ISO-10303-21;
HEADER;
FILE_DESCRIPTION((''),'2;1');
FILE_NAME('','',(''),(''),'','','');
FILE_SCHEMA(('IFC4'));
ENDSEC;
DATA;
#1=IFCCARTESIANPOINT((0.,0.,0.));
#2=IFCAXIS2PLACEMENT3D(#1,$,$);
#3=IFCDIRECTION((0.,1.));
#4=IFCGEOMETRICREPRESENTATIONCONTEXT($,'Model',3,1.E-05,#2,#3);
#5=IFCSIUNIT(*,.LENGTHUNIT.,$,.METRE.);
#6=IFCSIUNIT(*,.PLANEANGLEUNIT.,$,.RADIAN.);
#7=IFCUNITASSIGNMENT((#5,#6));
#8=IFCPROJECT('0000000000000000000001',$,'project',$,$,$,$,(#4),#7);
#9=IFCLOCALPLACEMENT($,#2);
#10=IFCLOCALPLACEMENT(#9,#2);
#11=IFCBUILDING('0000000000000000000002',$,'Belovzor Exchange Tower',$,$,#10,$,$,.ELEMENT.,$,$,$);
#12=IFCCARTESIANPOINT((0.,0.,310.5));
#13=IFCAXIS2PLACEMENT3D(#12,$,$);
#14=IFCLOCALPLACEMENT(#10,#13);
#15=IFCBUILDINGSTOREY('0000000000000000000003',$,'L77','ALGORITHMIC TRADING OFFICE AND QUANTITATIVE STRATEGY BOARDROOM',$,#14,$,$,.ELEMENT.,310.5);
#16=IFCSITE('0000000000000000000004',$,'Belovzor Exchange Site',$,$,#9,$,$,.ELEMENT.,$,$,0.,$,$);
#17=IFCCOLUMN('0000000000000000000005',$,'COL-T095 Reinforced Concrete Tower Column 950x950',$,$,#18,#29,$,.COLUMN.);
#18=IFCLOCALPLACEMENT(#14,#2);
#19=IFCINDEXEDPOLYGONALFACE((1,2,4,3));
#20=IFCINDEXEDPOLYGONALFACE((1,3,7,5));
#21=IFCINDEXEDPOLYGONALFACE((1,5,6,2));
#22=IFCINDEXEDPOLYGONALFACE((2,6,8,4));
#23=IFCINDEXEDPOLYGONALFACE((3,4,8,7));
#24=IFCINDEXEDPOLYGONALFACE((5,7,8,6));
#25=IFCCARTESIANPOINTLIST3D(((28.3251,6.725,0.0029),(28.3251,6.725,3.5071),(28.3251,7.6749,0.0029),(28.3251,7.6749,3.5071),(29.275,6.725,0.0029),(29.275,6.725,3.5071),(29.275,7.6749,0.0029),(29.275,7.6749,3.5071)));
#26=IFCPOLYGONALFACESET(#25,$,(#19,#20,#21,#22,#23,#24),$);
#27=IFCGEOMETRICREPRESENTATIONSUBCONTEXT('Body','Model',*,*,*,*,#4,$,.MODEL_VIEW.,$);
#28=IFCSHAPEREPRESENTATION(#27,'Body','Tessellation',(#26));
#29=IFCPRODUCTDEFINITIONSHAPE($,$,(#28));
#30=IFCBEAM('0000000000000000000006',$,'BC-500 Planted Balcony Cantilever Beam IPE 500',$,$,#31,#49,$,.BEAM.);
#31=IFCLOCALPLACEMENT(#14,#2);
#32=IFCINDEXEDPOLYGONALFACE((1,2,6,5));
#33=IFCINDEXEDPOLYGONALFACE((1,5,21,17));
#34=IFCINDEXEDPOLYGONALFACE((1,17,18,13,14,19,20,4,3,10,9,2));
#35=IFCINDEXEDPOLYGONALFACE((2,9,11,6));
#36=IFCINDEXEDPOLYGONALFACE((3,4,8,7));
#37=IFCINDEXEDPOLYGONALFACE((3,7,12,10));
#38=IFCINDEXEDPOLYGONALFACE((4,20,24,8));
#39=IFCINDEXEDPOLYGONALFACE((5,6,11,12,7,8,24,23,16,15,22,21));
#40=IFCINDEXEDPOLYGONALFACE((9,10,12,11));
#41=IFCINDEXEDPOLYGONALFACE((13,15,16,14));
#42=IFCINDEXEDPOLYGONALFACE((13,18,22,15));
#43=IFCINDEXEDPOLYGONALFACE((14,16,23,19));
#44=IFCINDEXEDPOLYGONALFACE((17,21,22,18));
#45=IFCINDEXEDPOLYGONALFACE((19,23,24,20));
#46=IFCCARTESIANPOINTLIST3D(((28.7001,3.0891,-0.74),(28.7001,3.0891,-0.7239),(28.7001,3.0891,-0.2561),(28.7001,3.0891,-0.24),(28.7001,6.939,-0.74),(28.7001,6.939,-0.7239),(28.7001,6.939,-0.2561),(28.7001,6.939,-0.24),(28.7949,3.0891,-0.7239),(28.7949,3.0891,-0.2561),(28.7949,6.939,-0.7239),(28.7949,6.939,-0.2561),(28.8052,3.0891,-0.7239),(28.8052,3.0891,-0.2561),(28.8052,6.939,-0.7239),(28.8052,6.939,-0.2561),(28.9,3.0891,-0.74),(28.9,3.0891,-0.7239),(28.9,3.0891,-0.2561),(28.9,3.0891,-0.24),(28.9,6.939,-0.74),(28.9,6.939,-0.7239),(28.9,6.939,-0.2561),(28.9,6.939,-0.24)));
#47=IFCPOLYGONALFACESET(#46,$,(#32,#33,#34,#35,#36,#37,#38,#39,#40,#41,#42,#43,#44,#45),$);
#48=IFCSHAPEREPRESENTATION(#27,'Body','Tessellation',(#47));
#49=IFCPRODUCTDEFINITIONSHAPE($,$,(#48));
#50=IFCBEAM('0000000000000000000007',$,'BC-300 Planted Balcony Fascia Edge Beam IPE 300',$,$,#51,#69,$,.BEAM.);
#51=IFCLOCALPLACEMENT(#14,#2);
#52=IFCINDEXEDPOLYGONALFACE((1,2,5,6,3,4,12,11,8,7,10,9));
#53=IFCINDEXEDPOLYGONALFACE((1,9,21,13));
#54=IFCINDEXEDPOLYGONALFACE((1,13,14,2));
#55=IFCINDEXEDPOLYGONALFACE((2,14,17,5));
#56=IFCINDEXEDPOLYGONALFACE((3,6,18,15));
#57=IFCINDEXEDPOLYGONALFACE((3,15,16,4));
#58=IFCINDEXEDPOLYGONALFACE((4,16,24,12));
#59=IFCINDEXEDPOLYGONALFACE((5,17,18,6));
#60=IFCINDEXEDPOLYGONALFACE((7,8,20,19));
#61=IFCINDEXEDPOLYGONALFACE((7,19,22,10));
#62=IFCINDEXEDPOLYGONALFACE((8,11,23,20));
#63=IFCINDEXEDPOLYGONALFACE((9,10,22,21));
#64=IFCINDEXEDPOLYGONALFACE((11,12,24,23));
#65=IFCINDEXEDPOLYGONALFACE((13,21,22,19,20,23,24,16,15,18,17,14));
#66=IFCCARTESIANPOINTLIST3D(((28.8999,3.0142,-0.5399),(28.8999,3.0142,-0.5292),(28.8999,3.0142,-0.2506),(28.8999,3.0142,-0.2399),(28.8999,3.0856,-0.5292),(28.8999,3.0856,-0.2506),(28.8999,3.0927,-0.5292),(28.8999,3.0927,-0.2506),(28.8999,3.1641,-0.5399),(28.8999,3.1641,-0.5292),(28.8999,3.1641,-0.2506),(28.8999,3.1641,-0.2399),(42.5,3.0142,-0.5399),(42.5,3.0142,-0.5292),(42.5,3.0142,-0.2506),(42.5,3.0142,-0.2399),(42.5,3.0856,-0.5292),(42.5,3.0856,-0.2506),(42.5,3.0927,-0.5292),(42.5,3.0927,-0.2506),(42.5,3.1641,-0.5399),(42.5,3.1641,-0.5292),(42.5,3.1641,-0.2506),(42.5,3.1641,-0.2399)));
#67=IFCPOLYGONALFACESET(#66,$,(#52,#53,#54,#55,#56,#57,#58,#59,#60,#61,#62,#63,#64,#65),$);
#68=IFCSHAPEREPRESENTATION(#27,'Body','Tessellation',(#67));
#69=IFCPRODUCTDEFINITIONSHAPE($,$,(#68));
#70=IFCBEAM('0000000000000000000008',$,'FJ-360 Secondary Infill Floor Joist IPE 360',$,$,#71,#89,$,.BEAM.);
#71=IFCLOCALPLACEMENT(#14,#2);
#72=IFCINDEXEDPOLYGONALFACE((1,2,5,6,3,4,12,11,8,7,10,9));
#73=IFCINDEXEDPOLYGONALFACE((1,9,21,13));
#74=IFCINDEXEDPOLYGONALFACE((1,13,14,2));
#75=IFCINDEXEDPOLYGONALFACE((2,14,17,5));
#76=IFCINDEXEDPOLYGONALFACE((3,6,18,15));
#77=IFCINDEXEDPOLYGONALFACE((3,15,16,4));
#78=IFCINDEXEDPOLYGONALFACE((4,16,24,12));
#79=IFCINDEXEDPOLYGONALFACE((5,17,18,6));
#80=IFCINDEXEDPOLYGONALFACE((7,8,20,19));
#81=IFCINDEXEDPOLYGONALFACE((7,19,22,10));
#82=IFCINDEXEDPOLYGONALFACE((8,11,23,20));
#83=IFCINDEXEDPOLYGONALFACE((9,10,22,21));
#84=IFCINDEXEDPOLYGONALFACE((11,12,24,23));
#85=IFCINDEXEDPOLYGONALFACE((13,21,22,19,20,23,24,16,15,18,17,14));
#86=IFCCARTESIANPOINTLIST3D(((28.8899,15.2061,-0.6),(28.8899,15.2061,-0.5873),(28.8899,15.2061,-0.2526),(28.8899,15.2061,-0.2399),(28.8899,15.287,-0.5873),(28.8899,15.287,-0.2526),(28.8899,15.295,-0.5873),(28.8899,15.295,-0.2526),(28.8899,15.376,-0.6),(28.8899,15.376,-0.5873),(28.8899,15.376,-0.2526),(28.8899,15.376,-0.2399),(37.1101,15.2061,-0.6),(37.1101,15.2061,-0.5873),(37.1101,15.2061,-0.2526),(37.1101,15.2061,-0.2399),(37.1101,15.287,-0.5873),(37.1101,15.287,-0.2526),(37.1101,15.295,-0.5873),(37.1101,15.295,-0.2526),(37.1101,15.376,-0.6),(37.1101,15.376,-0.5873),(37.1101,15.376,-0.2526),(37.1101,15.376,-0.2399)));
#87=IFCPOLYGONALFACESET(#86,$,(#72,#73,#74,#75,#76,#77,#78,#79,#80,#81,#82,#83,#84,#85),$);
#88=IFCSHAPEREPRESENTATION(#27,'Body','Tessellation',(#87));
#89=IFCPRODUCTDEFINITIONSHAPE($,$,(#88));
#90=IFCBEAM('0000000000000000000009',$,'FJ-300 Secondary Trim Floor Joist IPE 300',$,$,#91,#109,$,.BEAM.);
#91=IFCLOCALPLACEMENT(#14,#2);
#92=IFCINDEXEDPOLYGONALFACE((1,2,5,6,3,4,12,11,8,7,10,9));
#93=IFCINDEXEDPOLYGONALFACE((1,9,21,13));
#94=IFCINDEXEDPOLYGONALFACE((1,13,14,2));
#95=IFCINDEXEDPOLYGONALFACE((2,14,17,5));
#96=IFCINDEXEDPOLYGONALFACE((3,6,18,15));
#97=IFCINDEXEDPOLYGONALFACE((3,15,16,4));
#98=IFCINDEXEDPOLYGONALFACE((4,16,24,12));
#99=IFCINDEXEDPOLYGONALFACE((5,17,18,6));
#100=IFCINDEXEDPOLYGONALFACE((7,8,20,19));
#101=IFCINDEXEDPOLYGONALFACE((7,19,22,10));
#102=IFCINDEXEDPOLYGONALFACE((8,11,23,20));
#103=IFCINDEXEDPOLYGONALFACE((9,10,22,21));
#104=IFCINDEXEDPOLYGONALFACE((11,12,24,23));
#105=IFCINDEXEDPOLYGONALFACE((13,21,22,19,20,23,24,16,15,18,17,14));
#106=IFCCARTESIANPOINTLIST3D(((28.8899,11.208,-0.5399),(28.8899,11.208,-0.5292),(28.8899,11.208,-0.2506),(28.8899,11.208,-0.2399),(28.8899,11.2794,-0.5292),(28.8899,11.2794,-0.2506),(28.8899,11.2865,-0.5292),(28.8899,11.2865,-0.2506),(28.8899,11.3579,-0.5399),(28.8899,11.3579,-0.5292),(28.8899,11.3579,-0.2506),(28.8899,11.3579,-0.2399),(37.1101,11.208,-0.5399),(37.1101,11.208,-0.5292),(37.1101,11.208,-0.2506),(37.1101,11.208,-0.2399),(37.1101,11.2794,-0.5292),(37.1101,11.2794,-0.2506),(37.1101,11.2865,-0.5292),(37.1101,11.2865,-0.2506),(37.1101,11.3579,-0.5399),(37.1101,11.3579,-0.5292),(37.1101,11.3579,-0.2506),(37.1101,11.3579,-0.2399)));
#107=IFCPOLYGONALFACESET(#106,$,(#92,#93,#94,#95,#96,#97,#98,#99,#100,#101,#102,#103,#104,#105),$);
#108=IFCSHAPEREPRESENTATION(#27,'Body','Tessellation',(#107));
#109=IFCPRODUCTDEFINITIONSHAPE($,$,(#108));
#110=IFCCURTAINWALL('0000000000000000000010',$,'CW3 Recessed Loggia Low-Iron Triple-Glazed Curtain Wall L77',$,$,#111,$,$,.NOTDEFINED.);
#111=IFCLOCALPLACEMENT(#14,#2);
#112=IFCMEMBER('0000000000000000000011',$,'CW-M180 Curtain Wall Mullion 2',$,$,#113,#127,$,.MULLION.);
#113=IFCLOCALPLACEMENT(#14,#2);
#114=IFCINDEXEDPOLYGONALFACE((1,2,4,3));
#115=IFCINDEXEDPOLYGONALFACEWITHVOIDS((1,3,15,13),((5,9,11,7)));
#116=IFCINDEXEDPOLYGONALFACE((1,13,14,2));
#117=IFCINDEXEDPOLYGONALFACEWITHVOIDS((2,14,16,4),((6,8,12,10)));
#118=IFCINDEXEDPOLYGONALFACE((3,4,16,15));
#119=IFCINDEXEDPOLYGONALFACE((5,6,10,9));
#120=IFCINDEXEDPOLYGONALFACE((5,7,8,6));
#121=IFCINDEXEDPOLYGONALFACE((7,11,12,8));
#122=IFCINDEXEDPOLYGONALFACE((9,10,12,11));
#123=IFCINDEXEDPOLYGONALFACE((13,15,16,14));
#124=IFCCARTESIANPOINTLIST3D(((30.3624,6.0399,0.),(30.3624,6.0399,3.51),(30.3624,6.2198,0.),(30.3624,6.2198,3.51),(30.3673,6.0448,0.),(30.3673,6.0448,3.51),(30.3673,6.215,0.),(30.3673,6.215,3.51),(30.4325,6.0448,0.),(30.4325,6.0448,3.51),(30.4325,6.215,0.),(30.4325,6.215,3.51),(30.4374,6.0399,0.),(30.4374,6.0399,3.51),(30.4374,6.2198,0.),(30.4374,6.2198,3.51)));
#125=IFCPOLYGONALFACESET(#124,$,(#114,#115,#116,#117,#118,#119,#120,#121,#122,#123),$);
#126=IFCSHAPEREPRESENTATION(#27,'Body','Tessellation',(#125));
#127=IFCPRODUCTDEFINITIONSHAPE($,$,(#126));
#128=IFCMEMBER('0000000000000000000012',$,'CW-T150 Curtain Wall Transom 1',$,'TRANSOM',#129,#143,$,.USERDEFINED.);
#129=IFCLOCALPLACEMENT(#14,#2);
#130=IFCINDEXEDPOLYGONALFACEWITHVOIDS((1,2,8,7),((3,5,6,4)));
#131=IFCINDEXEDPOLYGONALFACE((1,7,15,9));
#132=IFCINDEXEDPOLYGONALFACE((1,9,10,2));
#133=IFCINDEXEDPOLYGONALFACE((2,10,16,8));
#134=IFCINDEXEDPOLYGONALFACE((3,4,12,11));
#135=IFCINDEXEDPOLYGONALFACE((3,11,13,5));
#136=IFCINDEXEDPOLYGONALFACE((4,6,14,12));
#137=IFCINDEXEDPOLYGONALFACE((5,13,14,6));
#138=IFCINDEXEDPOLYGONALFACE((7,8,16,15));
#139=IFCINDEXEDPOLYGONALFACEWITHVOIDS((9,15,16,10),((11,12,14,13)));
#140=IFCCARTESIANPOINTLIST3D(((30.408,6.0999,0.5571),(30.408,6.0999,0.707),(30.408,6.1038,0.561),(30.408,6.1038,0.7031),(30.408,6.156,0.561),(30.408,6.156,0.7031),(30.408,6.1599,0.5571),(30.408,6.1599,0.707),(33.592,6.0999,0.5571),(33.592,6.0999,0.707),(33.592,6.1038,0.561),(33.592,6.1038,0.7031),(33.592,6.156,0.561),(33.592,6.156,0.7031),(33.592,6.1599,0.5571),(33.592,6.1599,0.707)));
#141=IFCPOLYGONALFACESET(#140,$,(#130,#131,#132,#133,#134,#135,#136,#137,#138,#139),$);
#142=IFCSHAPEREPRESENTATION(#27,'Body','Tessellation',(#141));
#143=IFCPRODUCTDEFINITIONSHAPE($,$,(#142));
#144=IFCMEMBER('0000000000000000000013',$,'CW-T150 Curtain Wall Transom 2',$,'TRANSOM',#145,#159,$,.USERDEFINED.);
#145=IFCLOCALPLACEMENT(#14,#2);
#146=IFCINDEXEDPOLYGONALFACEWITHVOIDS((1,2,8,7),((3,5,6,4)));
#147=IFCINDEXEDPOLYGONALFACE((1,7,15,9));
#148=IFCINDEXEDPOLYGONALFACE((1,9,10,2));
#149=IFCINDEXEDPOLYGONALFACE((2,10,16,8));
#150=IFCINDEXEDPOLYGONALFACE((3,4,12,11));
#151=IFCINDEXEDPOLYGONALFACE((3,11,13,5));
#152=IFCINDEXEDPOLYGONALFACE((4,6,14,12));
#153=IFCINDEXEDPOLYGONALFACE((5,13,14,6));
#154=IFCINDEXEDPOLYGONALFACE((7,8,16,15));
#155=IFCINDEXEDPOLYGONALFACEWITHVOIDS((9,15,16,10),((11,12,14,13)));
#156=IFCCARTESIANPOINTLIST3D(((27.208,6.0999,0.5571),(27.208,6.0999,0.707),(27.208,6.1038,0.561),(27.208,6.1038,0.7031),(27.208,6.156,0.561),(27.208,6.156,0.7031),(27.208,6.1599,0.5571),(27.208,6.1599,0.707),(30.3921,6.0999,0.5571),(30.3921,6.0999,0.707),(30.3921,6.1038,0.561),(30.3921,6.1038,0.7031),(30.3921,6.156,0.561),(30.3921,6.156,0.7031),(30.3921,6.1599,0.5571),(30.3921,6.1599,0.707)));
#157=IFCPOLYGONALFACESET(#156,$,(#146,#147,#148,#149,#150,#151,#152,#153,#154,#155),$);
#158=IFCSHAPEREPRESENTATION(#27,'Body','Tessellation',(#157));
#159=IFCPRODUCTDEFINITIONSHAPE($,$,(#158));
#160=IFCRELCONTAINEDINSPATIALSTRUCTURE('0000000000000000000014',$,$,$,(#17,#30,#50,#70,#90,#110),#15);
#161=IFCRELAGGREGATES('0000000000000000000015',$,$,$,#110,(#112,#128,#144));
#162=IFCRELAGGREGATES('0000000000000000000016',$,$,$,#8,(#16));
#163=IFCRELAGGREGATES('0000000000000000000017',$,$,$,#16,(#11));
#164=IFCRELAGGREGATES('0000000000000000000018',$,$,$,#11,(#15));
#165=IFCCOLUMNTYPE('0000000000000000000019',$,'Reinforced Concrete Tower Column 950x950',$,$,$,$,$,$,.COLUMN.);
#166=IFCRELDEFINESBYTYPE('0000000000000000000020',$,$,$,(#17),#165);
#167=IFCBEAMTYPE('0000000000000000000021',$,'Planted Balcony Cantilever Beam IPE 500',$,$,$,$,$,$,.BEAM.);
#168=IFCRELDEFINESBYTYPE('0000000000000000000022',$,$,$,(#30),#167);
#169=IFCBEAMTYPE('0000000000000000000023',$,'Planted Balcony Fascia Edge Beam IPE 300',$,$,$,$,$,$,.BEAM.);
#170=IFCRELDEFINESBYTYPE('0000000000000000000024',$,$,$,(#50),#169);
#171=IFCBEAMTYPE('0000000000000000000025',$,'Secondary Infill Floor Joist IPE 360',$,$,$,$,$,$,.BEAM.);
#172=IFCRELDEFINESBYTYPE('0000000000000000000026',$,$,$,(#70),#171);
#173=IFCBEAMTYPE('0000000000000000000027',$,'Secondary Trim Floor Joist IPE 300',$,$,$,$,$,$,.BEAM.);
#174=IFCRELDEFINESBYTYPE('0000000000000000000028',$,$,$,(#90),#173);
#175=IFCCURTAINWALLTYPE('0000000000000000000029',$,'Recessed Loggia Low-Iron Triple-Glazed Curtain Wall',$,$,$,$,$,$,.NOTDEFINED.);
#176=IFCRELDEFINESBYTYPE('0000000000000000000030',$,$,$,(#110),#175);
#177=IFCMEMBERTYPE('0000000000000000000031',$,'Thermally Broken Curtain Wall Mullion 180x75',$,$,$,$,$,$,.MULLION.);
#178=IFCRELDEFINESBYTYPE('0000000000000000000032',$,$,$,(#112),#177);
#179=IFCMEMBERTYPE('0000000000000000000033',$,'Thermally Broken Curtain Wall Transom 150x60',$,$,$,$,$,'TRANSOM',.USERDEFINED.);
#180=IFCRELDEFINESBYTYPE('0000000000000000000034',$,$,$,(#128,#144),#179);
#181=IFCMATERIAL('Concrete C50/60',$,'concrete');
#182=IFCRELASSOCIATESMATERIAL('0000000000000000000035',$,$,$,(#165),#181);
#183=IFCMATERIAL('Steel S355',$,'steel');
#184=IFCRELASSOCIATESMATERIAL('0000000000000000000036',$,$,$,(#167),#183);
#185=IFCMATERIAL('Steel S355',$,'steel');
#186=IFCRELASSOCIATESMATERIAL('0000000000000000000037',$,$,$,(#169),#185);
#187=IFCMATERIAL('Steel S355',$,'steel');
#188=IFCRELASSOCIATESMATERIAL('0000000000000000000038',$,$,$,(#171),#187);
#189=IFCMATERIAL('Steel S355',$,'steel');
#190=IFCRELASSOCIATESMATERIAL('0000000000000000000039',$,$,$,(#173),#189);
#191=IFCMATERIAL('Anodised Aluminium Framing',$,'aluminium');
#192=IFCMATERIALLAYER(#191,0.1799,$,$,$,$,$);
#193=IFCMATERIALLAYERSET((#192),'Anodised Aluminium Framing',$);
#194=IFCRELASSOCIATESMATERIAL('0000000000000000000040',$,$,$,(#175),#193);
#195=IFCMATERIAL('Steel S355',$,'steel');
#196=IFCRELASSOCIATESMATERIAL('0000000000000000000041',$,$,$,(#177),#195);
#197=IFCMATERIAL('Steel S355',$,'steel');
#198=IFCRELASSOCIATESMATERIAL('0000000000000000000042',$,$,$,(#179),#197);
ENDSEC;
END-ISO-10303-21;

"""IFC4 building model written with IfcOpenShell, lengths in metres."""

from ifc_helpers import new_model, si_unit, direction, frame, origin, origin_2d, place, context, subcontext, project, spatial, rectangle, hollow_rectangle, i_section, extrude, material, layer, layer_set, material_profile, profile_set, type_object, element, aggregate, save


model = new_model("IFC4")

# Units and contexts
model_context = context("Model", 3, precision=1e-05, world=origin(), true_north=direction((0.0, 1.0)))
body_context = subcontext(model_context, "Body", "Model", "MODEL_VIEW")
ifc_project = project(units=[si_unit("LENGTHUNIT", "METRE"), si_unit("PLANEANGLEUNIT", "RADIAN")], contexts=[model_context])

# Site, building, storey
site_placement = place(None, origin())
site = spatial("IfcSite", under=ifc_project, at=site_placement, Name="Belovzor Exchange Site", CompositionType="ELEMENT", RefElevation=0.0)
building_placement = place(site_placement, origin())
building = spatial("IfcBuilding", under=site, at=building_placement, Name="Belovzor Exchange Tower", CompositionType="ELEMENT")
storey_placement = place(building_placement, frame((0.0, 0.0, 310.5)))
storey = spatial("IfcBuildingStorey", under=building, at=storey_placement, Name="L77", Description="ALGORITHMIC TRADING OFFICE AND QUANTITATIVE STRATEGY BOARDROOM", CompositionType="ELEMENT", Elevation=310.5)

# Column
ifc_material_1 = material(Name="Concrete C50/60", Category="concrete")
ifc_material_profile_1 = material_profile(ifc_material_1, rectangle(XDim=0.95, YDim=0.95, at=origin_2d()))
ifc_profile_set_1 = profile_set([ifc_material_profile_1], Name="Concrete C50/60")
column_type = type_object("IfcColumnType", Name="Reinforced Concrete Tower Column 950x950", PredefinedType="COLUMN", material=ifc_profile_set_1)
column_placement = place(storey_placement, frame((28.8, 7.2, 0.0029), z_axis=(0.0, 0.0, 1.0), x_axis=(1.0, 0.0, 0.0)))
element("IfcColumn", 1, at=column_placement, inside=storey, type_object=column_type, Name="COL-T095 Reinforced Concrete Tower Column 950x950", PredefinedType="COLUMN", context=body_context, shape_type="SweptSolid", body=[
    extrude(rectangle(XDim=0.95, YDim=0.95, at=origin_2d()), origin(), (0.0, 0.0, 1.0), 3.5042),
])

# Beams
ifc_material_2 = material(Name="Steel S355", Category="steel")
ifc_material_profile_2 = material_profile(ifc_material_2, i_section(OverallWidth=0.2, OverallDepth=0.5, WebThickness=0.0103, FlangeThickness=0.0161, at=origin_2d()))
ifc_profile_set_2 = profile_set([ifc_material_profile_2], Name="Steel S355")
beam_type_1 = type_object("IfcBeamType", Name="Planted Balcony Cantilever Beam IPE 500", PredefinedType="BEAM", material=ifc_profile_set_2)
beam_1_placement = place(storey_placement, frame((28.8, 6.939, -0.49), z_axis=(0.0, -1.0, 0.0), x_axis=(1.0, 0.0, 0.0)))
element("IfcBeam", 2, at=beam_1_placement, inside=storey, type_object=beam_type_1, Name="BC-500 Planted Balcony Cantilever Beam IPE 500", PredefinedType="BEAM", context=body_context, shape_type="SweptSolid", body=[
    extrude(i_section(OverallWidth=0.2, OverallDepth=0.5, WebThickness=0.0103, FlangeThickness=0.0161, at=origin_2d()), origin(), (0.0, 0.0, 1.0), 3.8499),
])
ifc_material_3 = material(Name="Steel S355", Category="steel")
ifc_material_profile_3 = material_profile(ifc_material_3, i_section(OverallWidth=0.1499, OverallDepth=0.3, WebThickness=0.0071, FlangeThickness=0.0107, at=origin_2d()))
ifc_profile_set_3 = profile_set([ifc_material_profile_3], Name="Steel S355")
beam_type_2 = type_object("IfcBeamType", Name="Planted Balcony Fascia Edge Beam IPE 300", PredefinedType="BEAM", material=ifc_profile_set_3)
beam_2_placement = place(storey_placement, frame((28.8999, 3.0891, -0.3899), z_axis=(1.0, 0.0, 0.0), x_axis=(0.0, 1.0, 0.0)))
element("IfcBeam", 3, at=beam_2_placement, inside=storey, type_object=beam_type_2, Name="BC-300 Planted Balcony Fascia Edge Beam IPE 300", PredefinedType="BEAM", context=body_context, shape_type="SweptSolid", body=[
    extrude(i_section(OverallWidth=0.1499, OverallDepth=0.3, WebThickness=0.0071, FlangeThickness=0.0107, at=origin_2d()), origin(), (0.0, 0.0, 1.0), 13.6001),
])
ifc_material_4 = material(Name="Steel S355", Category="steel")
ifc_material_profile_4 = material_profile(ifc_material_4, i_section(OverallWidth=0.1699, OverallDepth=0.3601, WebThickness=0.0081, FlangeThickness=0.0127, at=origin_2d()))
ifc_profile_set_4 = profile_set([ifc_material_profile_4], Name="Steel S355")
beam_type_3 = type_object("IfcBeamType", Name="Secondary Infill Floor Joist IPE 360", PredefinedType="BEAM", material=ifc_profile_set_4)
beam_3_placement = place(storey_placement, frame((28.8899, 15.291, -0.4199), z_axis=(1.0, 0.0, 0.0), x_axis=(0.0, 1.0, 0.0)))
element("IfcBeam", 4, at=beam_3_placement, inside=storey, type_object=beam_type_3, Name="FJ-360 Secondary Infill Floor Joist IPE 360", PredefinedType="BEAM", context=body_context, shape_type="SweptSolid", body=[
    extrude(i_section(OverallWidth=0.1699, OverallDepth=0.3601, WebThickness=0.0081, FlangeThickness=0.0127, at=origin_2d()), origin(), (0.0, 0.0, 1.0), 8.2202),
])
ifc_material_5 = material(Name="Steel S355", Category="steel")
ifc_material_profile_5 = material_profile(ifc_material_5, i_section(OverallWidth=0.1499, OverallDepth=0.3, WebThickness=0.0071, FlangeThickness=0.0107, at=origin_2d()))
ifc_profile_set_5 = profile_set([ifc_material_profile_5], Name="Steel S355")
beam_type_4 = type_object("IfcBeamType", Name="Secondary Trim Floor Joist IPE 300", PredefinedType="BEAM", material=ifc_profile_set_5)
beam_4_placement = place(storey_placement, frame((28.8899, 11.283, -0.3899), z_axis=(1.0, 0.0, 0.0), x_axis=(0.0, 1.0, 0.0)))
element("IfcBeam", 5, at=beam_4_placement, inside=storey, type_object=beam_type_4, Name="FJ-300 Secondary Trim Floor Joist IPE 300", PredefinedType="BEAM", context=body_context, shape_type="SweptSolid", body=[
    extrude(i_section(OverallWidth=0.1499, OverallDepth=0.3, WebThickness=0.0071, FlangeThickness=0.0107, at=origin_2d()), origin(), (0.0, 0.0, 1.0), 8.2202),
])

# Curtain wall, members
ifc_material_6 = material(Name="Anodised Aluminium Framing", Category="aluminium")
ifc_layer_1 = layer(ifc_material_6, 0.1799)
ifc_layer_set_1 = layer_set([ifc_layer_1], Name="Anodised Aluminium Framing")
curtain_wall_type = type_object("IfcCurtainWallType", Name="Recessed Loggia Low-Iron Triple-Glazed Curtain Wall", PredefinedType="NOTDEFINED", material=ifc_layer_set_1)
curtain_wall_placement = place(storey_placement, origin())
curtain_wall = element("IfcCurtainWall", 6, at=curtain_wall_placement, inside=storey, type_object=curtain_wall_type, Name="CW3 Recessed Loggia Low-Iron Triple-Glazed Curtain Wall L77", PredefinedType="NOTDEFINED")
ifc_material_7 = material(Name="Steel S355", Category="steel")
ifc_material_profile_6 = material_profile(ifc_material_7, hollow_rectangle(XDim=0.075, YDim=0.1799, WallThickness=0.0049, at=origin_2d()))
ifc_profile_set_6 = profile_set([ifc_material_profile_6], Name="Steel S355")
member_type_1 = type_object("IfcMemberType", Name="Thermally Broken Curtain Wall Mullion 180x75", PredefinedType="MULLION", material=ifc_profile_set_6)
member_1_placement = place(storey_placement, frame((30.3999, 6.1299, 0.0), z_axis=(0.0, 0.0, 1.0), x_axis=(-1.0, 0.0, 0.0)))
member_1 = element("IfcMember", 7, at=member_1_placement, type_object=member_type_1, Name="CW-M180 Curtain Wall Mullion 2", PredefinedType="MULLION", context=body_context, shape_type="SweptSolid", body=[
    extrude(hollow_rectangle(XDim=0.075, YDim=0.1799, WallThickness=0.0049, at=origin_2d()), origin(), (0.0, 0.0, 1.0), 3.51),
])
ifc_material_8 = material(Name="Steel S355", Category="steel")
ifc_material_profile_7 = material_profile(ifc_material_8, hollow_rectangle(XDim=0.0601, YDim=0.1499, WallThickness=0.0039, at=origin_2d()))
ifc_profile_set_7 = profile_set([ifc_material_profile_7], Name="Steel S355")
member_type_2 = type_object("IfcMemberType", Name="Thermally Broken Curtain Wall Transom 150x60", ElementType="TRANSOM", PredefinedType="USERDEFINED", material=ifc_profile_set_7)
member_2_placement = place(storey_placement, frame((33.592, 6.1299, 0.6321), z_axis=(-1.0, 0.0, 0.0), x_axis=(0.0, -1.0, 0.0)))
member_2 = element("IfcMember", 8, at=member_2_placement, type_object=member_type_2, Name="CW-T150 Curtain Wall Transom 1", ObjectType="TRANSOM", PredefinedType="USERDEFINED", context=body_context, shape_type="SweptSolid", body=[
    extrude(hollow_rectangle(XDim=0.0601, YDim=0.1499, WallThickness=0.0039, at=origin_2d()), origin(), (0.0, 0.0, 1.0), 3.1841),
])
member_3_placement = place(storey_placement, frame((30.3921, 6.1299, 0.6321), z_axis=(-1.0, 0.0, 0.0), x_axis=(0.0, -1.0, 0.0)))
member_3 = element("IfcMember", 9, at=member_3_placement, type_object=member_type_2, Name="CW-T150 Curtain Wall Transom 2", ObjectType="TRANSOM", PredefinedType="USERDEFINED", context=body_context, shape_type="SweptSolid", body=[
    extrude(hollow_rectangle(XDim=0.0601, YDim=0.1499, WallThickness=0.0039, at=origin_2d()), origin(), (0.0, 0.0, 1.0), 3.1841),
])

aggregate(curtain_wall, [member_1, member_2, member_3])

save(model, "model.ifc")
